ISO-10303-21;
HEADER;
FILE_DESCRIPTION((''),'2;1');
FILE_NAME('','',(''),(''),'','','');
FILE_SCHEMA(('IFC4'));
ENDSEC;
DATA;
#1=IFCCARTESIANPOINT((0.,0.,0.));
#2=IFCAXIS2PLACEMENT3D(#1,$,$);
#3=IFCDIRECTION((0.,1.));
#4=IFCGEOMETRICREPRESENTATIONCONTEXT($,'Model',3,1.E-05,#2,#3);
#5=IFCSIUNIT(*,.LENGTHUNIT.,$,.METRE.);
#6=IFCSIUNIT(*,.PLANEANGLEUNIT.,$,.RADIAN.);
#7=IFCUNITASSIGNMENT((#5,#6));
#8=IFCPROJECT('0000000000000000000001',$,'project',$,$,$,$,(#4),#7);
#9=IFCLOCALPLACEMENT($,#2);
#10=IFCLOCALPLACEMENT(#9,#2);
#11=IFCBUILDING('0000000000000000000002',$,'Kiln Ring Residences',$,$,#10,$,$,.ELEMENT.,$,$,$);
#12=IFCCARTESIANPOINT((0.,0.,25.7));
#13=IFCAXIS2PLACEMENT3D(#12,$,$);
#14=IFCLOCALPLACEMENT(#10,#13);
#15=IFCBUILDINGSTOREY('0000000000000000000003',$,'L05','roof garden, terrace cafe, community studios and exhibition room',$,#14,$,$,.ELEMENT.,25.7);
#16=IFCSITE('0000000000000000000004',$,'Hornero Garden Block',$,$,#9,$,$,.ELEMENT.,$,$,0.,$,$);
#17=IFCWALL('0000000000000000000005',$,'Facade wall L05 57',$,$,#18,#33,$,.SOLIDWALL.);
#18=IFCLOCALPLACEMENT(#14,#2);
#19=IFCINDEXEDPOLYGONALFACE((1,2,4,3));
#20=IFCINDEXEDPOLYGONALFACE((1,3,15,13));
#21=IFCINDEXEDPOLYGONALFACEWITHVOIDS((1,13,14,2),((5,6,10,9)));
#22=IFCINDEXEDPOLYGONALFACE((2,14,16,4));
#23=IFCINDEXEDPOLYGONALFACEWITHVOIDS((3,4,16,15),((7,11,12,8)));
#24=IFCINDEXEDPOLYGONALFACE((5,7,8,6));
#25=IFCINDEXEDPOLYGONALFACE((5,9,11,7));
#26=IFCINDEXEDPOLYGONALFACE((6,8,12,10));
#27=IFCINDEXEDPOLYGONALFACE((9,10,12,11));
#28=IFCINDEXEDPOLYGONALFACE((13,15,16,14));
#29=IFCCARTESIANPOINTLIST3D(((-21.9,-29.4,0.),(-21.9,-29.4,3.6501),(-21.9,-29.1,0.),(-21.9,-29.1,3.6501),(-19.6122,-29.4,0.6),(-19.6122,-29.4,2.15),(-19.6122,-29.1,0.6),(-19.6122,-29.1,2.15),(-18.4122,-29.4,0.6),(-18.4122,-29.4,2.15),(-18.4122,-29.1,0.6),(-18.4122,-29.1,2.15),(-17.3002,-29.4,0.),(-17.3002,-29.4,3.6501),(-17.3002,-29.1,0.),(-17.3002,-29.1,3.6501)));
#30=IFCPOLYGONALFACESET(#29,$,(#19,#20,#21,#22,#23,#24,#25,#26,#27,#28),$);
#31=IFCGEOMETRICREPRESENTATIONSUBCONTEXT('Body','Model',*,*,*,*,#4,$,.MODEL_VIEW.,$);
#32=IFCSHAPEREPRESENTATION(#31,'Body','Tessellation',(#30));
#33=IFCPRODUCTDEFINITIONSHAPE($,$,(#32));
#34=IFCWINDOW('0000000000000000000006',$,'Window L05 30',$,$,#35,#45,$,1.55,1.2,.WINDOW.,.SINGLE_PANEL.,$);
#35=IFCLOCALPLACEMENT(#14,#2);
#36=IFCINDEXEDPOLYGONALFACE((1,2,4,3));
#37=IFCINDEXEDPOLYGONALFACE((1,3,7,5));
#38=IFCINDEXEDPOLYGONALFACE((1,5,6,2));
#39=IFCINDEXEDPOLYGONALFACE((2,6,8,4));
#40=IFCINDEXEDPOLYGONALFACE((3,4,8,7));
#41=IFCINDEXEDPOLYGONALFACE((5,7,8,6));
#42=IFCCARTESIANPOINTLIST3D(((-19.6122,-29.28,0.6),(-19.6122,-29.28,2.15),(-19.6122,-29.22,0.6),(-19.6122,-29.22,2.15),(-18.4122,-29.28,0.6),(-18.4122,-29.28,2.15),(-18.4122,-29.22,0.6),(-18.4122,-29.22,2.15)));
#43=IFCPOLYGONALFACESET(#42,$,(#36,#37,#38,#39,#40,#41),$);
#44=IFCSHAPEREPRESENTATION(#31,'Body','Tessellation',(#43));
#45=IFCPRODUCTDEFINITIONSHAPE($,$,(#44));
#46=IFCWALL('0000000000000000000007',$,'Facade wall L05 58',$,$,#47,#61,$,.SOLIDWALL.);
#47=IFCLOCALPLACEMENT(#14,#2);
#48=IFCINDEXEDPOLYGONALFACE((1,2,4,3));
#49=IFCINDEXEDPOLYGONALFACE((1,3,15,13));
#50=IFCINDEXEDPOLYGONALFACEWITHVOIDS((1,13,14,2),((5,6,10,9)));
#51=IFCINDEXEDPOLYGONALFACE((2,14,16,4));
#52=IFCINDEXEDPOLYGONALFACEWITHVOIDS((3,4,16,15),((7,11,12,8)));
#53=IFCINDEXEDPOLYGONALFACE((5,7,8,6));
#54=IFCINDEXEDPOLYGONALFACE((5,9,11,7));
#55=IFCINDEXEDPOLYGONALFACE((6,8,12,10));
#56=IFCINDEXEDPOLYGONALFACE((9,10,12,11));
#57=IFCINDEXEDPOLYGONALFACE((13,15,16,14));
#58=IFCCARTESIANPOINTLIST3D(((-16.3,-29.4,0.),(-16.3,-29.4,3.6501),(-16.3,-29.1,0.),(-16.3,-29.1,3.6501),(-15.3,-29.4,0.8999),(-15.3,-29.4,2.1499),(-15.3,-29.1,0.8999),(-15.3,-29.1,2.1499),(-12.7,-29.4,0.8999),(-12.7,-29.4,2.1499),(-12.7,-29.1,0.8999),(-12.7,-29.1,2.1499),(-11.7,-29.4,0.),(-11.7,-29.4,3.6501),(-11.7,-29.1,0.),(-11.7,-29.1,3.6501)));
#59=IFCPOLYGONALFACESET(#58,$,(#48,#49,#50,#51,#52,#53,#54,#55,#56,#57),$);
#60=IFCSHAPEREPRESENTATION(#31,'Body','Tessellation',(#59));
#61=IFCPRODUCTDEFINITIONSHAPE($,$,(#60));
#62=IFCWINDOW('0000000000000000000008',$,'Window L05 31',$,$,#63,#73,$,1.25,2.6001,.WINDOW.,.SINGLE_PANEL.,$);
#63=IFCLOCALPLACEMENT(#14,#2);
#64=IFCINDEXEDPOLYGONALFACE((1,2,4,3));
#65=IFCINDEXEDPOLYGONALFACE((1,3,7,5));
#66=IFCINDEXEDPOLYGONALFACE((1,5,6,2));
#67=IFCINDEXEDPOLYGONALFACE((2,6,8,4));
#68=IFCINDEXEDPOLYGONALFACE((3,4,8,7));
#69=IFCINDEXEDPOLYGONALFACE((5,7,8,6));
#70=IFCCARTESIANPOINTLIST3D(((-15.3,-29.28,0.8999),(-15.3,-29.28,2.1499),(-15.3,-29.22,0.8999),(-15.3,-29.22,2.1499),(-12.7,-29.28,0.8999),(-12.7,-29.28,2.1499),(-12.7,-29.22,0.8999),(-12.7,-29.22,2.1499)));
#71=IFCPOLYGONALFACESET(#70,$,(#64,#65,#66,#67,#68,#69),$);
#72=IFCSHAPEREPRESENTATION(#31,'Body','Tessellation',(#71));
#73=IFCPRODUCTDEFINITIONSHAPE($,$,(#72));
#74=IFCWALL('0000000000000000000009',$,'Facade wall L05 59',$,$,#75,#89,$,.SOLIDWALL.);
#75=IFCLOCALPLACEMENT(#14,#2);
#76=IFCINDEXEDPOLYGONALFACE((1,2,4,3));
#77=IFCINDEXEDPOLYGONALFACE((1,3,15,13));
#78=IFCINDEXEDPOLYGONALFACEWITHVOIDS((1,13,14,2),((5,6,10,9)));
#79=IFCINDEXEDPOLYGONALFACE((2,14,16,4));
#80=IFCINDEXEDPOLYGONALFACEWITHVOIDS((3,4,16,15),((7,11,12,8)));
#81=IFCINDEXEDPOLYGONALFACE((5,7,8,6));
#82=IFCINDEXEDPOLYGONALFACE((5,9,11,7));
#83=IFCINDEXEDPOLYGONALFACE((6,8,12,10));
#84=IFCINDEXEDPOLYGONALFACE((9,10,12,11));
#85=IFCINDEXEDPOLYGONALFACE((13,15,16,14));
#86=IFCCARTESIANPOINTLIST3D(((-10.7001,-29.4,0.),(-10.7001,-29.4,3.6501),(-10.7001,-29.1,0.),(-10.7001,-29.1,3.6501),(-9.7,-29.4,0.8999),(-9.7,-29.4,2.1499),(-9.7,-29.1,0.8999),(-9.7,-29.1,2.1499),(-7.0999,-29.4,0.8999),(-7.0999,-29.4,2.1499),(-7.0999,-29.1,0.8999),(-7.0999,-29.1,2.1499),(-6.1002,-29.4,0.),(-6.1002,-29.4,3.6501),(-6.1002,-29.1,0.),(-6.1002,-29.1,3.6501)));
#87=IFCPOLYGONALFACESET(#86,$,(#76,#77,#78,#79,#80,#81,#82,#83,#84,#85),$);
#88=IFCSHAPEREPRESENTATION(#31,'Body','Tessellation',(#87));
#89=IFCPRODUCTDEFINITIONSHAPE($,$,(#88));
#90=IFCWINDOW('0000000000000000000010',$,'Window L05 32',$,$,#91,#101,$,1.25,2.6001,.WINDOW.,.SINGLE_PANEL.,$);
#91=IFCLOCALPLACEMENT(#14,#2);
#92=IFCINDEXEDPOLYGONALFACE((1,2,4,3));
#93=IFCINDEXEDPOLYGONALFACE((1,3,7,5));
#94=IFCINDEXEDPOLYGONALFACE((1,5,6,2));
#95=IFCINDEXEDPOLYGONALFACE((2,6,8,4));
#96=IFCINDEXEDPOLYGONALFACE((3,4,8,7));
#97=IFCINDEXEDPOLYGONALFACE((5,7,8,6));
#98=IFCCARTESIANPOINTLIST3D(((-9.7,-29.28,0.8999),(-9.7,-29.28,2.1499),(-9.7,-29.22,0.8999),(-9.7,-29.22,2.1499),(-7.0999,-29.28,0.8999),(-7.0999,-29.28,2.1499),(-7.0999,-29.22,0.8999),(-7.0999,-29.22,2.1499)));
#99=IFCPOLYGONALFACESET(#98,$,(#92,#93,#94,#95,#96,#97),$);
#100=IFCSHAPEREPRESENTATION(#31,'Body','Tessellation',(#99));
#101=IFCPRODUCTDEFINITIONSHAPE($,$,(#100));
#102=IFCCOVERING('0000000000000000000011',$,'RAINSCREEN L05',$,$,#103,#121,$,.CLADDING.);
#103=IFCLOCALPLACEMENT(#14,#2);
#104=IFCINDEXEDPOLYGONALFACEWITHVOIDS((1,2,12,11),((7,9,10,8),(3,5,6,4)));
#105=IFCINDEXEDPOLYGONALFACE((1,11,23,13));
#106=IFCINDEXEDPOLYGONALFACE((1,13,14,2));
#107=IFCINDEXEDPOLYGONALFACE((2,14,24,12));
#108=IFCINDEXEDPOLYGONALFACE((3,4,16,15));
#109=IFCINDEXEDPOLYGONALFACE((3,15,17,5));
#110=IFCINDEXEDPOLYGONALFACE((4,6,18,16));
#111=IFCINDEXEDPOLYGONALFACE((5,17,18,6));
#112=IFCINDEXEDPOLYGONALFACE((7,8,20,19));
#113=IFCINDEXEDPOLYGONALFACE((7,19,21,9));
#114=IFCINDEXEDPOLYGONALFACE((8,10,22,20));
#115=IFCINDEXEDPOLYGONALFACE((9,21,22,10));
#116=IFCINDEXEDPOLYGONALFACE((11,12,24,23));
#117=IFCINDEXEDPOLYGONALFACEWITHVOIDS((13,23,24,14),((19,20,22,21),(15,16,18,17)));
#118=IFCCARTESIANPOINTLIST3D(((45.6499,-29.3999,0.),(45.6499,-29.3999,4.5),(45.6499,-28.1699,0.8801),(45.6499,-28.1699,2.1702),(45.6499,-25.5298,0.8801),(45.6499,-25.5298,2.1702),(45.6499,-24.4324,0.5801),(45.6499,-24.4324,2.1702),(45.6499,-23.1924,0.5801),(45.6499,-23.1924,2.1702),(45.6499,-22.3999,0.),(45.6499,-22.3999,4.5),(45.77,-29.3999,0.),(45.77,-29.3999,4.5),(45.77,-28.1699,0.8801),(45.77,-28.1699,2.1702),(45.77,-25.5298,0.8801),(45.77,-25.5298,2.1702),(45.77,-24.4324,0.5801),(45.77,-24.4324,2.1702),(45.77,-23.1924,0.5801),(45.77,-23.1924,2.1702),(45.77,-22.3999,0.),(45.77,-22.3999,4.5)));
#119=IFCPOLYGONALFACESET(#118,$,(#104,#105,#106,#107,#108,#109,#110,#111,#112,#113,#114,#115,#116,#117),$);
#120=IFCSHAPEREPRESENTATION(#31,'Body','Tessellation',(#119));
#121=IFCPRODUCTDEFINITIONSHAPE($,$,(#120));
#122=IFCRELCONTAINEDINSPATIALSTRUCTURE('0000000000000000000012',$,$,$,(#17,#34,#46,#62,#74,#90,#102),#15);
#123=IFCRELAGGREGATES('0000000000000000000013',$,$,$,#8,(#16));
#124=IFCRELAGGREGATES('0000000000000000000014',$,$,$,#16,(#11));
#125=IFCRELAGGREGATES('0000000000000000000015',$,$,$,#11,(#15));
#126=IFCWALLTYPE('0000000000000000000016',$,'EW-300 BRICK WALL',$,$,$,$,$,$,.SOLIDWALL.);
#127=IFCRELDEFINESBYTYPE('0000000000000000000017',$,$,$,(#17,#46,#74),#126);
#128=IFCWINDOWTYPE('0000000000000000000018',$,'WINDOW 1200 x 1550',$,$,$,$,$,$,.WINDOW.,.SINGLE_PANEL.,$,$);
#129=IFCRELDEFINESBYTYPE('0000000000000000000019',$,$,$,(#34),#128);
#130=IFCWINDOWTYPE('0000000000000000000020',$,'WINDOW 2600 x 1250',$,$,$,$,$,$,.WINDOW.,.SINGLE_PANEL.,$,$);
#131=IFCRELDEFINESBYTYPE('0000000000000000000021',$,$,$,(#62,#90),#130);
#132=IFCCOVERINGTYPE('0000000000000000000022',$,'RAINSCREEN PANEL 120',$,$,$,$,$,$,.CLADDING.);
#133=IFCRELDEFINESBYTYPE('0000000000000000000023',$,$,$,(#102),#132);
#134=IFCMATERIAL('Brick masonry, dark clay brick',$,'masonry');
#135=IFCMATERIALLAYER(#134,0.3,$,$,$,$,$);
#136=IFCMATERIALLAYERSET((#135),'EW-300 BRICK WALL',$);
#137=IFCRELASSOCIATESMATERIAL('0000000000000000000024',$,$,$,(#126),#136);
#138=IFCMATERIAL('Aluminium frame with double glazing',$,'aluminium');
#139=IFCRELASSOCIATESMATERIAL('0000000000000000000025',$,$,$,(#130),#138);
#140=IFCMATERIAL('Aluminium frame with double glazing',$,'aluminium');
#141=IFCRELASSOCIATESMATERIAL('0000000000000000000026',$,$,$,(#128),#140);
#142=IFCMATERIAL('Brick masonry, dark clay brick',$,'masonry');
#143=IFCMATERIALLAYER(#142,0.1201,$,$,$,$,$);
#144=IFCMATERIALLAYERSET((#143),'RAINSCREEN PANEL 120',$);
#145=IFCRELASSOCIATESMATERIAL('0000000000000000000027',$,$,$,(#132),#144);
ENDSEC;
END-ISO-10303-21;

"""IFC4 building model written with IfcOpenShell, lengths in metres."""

from ifc_helpers import new_model, si_unit, direction, frame, frame_2d, origin, place, context, subcontext, project, spatial, polyline, rectangle, outline, extrude, material, layer, layer_set, type_object, element, fill, save


model = new_model("IFC4")

# Units and contexts
model_context = context("Model", 3, precision=1e-05, world=origin(), true_north=direction((0.0, 1.0)))
body_context = subcontext(model_context, "Body", "Model", "MODEL_VIEW")
ifc_project = project(units=[si_unit("LENGTHUNIT", "METRE"), si_unit("PLANEANGLEUNIT", "RADIAN")], contexts=[model_context])

# Site, building, storey
site_placement = place(None, origin())
site = spatial("IfcSite", under=ifc_project, at=site_placement, Name="Hornero Garden Block", CompositionType="ELEMENT", RefElevation=0.0)
building_placement = place(site_placement, origin())
building = spatial("IfcBuilding", under=site, at=building_placement, Name="Kiln Ring Residences", CompositionType="ELEMENT")
storey_placement = place(building_placement, frame((0.0, 0.0, 25.7)))
storey = spatial("IfcBuildingStorey", under=building, at=storey_placement, Name="L05", Description="roof garden, terrace cafe, community studios and exhibition room", CompositionType="ELEMENT", Elevation=25.7)

# Shared definitions
ifc_material_1 = material(Name="Brick masonry, dark clay brick", Category="masonry")
ifc_layer_1 = layer(ifc_material_1, 0.3)
ifc_layer_set_1 = layer_set([ifc_layer_1], Name="EW-300 BRICK WALL")
wall_type = type_object("IfcWallType", Name="EW-300 BRICK WALL", PredefinedType="SOLIDWALL", material=ifc_layer_set_1)
ifc_material_2 = material(Name="Aluminium frame with double glazing", Category="aluminium")
window_type_1 = type_object("IfcWindowType", Name="WINDOW 2600 x 1250", PartitioningType="SINGLE_PANEL", PredefinedType="WINDOW", material=ifc_material_2)

# Walls, openings, windows
ifc_material_3 = material(Name="Aluminium frame with double glazing", Category="aluminium")
window_type_2 = type_object("IfcWindowType", Name="WINDOW 1200 x 1550", PartitioningType="SINGLE_PANEL", PredefinedType="WINDOW", material=ifc_material_3)
wall_1_placement = place(storey_placement, frame((-21.8999, -29.25, 0.0), z_axis=(0.0, 0.0, 1.0), x_axis=(1.0, 0.0, 0.0)))
wall_1 = element("IfcWall", 1, at=wall_1_placement, inside=storey, type_object=wall_type, Name="Facade wall L05 57", PredefinedType="SOLIDWALL", context=body_context, shape_type="SweptSolid", body=[
    extrude(rectangle(XDim=4.5999, YDim=0.3, at=frame_2d((2.2998, 0.0))), origin(), (0.0, 0.0, 1.0), 3.6501),
])
opening_1_placement = place(wall_1_placement, frame((2.2876, 0.0, 0.6001)))
opening_1 = element("IfcOpeningElement", 2, at=opening_1_placement, cuts=wall_1, PredefinedType="OPENING", context=body_context, shape_type="SweptSolid", body=[
    extrude(rectangle(XDim=1.2, YDim=1.55, at=frame_2d((0.6001, 0.7749))), frame((0.0, 0.1599, 0.0), z_axis=(0.0, -1.0, 0.0), x_axis=(1.0, 0.0, 0.0)), (0.0, 0.0, 1.0), 0.3201),
])
window_1_placement = place(opening_1_placement, origin())
window_1 = element("IfcWindow", 3, at=window_1_placement, inside=storey, type_object=window_type_2, Name="Window L05 30", OverallHeight=1.55, OverallWidth=1.2, PartitioningType="SINGLE_PANEL", PredefinedType="WINDOW", context=body_context, shape_type="SweptSolid", body=[
    extrude(rectangle(XDim=1.2, YDim=1.55, at=frame_2d((0.6001, 0.7749))), frame((0.0, 0.03, 0.0), z_axis=(0.0, -1.0, 0.0), x_axis=(1.0, 0.0, 0.0)), (0.0, 0.0, 1.0), 0.0601),
])
fill(opening_1, window_1)
wall_2_placement = place(storey_placement, frame((-16.3, -29.25, 0.0), z_axis=(0.0, 0.0, 1.0), x_axis=(1.0, 0.0, 0.0)))
wall_2 = element("IfcWall", 4, at=wall_2_placement, inside=storey, type_object=wall_type, Name="Facade wall L05 58", PredefinedType="SOLIDWALL", context=body_context, shape_type="SweptSolid", body=[
    extrude(rectangle(XDim=4.6001, YDim=0.3, at=frame_2d((2.3, 0.0))), origin(), (0.0, 0.0, 1.0), 3.6501),
])
opening_2_placement = place(wall_2_placement, frame((1.0, 0.0, 0.8999)))
opening_2 = element("IfcOpeningElement", 5, at=opening_2_placement, cuts=wall_2, PredefinedType="OPENING", context=body_context, shape_type="SweptSolid", body=[
    extrude(rectangle(XDim=2.6001, YDim=1.25, at=frame_2d((1.3, 0.625))), frame((0.0, 0.1599, 0.0), z_axis=(0.0, -1.0, 0.0), x_axis=(1.0, 0.0, 0.0)), (0.0, 0.0, 1.0), 0.3201),
])
window_2_placement = place(opening_2_placement, origin())
window_2 = element("IfcWindow", 6, at=window_2_placement, inside=storey, type_object=window_type_1, Name="Window L05 31", OverallHeight=1.25, OverallWidth=2.6001, PartitioningType="SINGLE_PANEL", PredefinedType="WINDOW", context=body_context, shape_type="SweptSolid", body=[
    extrude(rectangle(XDim=2.6001, YDim=1.25, at=frame_2d((1.3, 0.625))), frame((0.0, 0.03, 0.0), z_axis=(0.0, -1.0, 0.0), x_axis=(1.0, 0.0, 0.0)), (0.0, 0.0, 1.0), 0.0601),
])
fill(opening_2, window_2)
wall_3_placement = place(storey_placement, frame((-10.7, -29.25, 0.0), z_axis=(0.0, 0.0, 1.0), x_axis=(1.0, 0.0, 0.0)))
wall_3 = element("IfcWall", 7, at=wall_3_placement, inside=storey, type_object=wall_type, Name="Facade wall L05 59", PredefinedType="SOLIDWALL", context=body_context, shape_type="SweptSolid", body=[
    extrude(rectangle(XDim=4.5999, YDim=0.3, at=frame_2d((2.2998, 0.0))), origin(), (0.0, 0.0, 1.0), 3.6501),
])
opening_3_placement = place(wall_3_placement, frame((1.0, 0.0, 0.8999)))
opening_3 = element("IfcOpeningElement", 8, at=opening_3_placement, cuts=wall_3, PredefinedType="OPENING", context=body_context, shape_type="SweptSolid", body=[
    extrude(rectangle(XDim=2.6001, YDim=1.25, at=frame_2d((1.3, 0.625))), frame((0.0, 0.1599, 0.0), z_axis=(0.0, -1.0, 0.0), x_axis=(1.0, 0.0, 0.0)), (0.0, 0.0, 1.0), 0.3201),
])
window_3_placement = place(opening_3_placement, origin())
window_3 = element("IfcWindow", 9, at=window_3_placement, inside=storey, type_object=window_type_1, Name="Window L05 32", OverallHeight=1.25, OverallWidth=2.6001, PartitioningType="SINGLE_PANEL", PredefinedType="WINDOW", context=body_context, shape_type="SweptSolid", body=[
    extrude(rectangle(XDim=2.6001, YDim=1.25, at=frame_2d((1.3, 0.625))), frame((0.0, 0.03, 0.0), z_axis=(0.0, -1.0, 0.0), x_axis=(1.0, 0.0, 0.0)), (0.0, 0.0, 1.0), 0.0601),
])
fill(opening_3, window_3)

# Covering
ifc_material_4 = material(Name="Brick masonry, dark clay brick", Category="masonry")
ifc_layer_2 = layer(ifc_material_4, 0.1201)
ifc_layer_set_2 = layer_set([ifc_layer_2], Name="RAINSCREEN PANEL 120")
covering_type = type_object("IfcCoveringType", Name="RAINSCREEN PANEL 120", PredefinedType="CLADDING", material=ifc_layer_set_2)
covering_placement = place(storey_placement, frame((45.71, -29.3999, 0.0), z_axis=(0.0, 0.0, 1.0), x_axis=(0.0, 1.0, 0.0)))
element("IfcCovering", 10, at=covering_placement, inside=storey, type_object=covering_type, Name="RAINSCREEN L05", PredefinedType="CLADDING", context=body_context, shape_type="SweptSolid", body=[
    extrude(outline(polyline([(0.0, 0.0), (7.0, 0.0), (7.0, 4.5), (0.0, 4.5), (0.0, 0.0)]), holes=[polyline([(6.2075, 2.1702), (4.9675, 2.1702), (4.9675, 0.5801), (6.2075, 0.5801), (6.2075, 2.1702)]), polyline([(3.8701, 2.1702), (1.23, 2.1702), (1.23, 0.8801), (3.8701, 0.8801), (3.8701, 2.1702)])]), frame((0.0, 0.0601, 0.0), z_axis=(0.0, -1.0, 0.0), x_axis=(1.0, 0.0, 0.0)), (0.0, 0.0, 1.0), 0.1201),
])

save(model, "model.ifc")
